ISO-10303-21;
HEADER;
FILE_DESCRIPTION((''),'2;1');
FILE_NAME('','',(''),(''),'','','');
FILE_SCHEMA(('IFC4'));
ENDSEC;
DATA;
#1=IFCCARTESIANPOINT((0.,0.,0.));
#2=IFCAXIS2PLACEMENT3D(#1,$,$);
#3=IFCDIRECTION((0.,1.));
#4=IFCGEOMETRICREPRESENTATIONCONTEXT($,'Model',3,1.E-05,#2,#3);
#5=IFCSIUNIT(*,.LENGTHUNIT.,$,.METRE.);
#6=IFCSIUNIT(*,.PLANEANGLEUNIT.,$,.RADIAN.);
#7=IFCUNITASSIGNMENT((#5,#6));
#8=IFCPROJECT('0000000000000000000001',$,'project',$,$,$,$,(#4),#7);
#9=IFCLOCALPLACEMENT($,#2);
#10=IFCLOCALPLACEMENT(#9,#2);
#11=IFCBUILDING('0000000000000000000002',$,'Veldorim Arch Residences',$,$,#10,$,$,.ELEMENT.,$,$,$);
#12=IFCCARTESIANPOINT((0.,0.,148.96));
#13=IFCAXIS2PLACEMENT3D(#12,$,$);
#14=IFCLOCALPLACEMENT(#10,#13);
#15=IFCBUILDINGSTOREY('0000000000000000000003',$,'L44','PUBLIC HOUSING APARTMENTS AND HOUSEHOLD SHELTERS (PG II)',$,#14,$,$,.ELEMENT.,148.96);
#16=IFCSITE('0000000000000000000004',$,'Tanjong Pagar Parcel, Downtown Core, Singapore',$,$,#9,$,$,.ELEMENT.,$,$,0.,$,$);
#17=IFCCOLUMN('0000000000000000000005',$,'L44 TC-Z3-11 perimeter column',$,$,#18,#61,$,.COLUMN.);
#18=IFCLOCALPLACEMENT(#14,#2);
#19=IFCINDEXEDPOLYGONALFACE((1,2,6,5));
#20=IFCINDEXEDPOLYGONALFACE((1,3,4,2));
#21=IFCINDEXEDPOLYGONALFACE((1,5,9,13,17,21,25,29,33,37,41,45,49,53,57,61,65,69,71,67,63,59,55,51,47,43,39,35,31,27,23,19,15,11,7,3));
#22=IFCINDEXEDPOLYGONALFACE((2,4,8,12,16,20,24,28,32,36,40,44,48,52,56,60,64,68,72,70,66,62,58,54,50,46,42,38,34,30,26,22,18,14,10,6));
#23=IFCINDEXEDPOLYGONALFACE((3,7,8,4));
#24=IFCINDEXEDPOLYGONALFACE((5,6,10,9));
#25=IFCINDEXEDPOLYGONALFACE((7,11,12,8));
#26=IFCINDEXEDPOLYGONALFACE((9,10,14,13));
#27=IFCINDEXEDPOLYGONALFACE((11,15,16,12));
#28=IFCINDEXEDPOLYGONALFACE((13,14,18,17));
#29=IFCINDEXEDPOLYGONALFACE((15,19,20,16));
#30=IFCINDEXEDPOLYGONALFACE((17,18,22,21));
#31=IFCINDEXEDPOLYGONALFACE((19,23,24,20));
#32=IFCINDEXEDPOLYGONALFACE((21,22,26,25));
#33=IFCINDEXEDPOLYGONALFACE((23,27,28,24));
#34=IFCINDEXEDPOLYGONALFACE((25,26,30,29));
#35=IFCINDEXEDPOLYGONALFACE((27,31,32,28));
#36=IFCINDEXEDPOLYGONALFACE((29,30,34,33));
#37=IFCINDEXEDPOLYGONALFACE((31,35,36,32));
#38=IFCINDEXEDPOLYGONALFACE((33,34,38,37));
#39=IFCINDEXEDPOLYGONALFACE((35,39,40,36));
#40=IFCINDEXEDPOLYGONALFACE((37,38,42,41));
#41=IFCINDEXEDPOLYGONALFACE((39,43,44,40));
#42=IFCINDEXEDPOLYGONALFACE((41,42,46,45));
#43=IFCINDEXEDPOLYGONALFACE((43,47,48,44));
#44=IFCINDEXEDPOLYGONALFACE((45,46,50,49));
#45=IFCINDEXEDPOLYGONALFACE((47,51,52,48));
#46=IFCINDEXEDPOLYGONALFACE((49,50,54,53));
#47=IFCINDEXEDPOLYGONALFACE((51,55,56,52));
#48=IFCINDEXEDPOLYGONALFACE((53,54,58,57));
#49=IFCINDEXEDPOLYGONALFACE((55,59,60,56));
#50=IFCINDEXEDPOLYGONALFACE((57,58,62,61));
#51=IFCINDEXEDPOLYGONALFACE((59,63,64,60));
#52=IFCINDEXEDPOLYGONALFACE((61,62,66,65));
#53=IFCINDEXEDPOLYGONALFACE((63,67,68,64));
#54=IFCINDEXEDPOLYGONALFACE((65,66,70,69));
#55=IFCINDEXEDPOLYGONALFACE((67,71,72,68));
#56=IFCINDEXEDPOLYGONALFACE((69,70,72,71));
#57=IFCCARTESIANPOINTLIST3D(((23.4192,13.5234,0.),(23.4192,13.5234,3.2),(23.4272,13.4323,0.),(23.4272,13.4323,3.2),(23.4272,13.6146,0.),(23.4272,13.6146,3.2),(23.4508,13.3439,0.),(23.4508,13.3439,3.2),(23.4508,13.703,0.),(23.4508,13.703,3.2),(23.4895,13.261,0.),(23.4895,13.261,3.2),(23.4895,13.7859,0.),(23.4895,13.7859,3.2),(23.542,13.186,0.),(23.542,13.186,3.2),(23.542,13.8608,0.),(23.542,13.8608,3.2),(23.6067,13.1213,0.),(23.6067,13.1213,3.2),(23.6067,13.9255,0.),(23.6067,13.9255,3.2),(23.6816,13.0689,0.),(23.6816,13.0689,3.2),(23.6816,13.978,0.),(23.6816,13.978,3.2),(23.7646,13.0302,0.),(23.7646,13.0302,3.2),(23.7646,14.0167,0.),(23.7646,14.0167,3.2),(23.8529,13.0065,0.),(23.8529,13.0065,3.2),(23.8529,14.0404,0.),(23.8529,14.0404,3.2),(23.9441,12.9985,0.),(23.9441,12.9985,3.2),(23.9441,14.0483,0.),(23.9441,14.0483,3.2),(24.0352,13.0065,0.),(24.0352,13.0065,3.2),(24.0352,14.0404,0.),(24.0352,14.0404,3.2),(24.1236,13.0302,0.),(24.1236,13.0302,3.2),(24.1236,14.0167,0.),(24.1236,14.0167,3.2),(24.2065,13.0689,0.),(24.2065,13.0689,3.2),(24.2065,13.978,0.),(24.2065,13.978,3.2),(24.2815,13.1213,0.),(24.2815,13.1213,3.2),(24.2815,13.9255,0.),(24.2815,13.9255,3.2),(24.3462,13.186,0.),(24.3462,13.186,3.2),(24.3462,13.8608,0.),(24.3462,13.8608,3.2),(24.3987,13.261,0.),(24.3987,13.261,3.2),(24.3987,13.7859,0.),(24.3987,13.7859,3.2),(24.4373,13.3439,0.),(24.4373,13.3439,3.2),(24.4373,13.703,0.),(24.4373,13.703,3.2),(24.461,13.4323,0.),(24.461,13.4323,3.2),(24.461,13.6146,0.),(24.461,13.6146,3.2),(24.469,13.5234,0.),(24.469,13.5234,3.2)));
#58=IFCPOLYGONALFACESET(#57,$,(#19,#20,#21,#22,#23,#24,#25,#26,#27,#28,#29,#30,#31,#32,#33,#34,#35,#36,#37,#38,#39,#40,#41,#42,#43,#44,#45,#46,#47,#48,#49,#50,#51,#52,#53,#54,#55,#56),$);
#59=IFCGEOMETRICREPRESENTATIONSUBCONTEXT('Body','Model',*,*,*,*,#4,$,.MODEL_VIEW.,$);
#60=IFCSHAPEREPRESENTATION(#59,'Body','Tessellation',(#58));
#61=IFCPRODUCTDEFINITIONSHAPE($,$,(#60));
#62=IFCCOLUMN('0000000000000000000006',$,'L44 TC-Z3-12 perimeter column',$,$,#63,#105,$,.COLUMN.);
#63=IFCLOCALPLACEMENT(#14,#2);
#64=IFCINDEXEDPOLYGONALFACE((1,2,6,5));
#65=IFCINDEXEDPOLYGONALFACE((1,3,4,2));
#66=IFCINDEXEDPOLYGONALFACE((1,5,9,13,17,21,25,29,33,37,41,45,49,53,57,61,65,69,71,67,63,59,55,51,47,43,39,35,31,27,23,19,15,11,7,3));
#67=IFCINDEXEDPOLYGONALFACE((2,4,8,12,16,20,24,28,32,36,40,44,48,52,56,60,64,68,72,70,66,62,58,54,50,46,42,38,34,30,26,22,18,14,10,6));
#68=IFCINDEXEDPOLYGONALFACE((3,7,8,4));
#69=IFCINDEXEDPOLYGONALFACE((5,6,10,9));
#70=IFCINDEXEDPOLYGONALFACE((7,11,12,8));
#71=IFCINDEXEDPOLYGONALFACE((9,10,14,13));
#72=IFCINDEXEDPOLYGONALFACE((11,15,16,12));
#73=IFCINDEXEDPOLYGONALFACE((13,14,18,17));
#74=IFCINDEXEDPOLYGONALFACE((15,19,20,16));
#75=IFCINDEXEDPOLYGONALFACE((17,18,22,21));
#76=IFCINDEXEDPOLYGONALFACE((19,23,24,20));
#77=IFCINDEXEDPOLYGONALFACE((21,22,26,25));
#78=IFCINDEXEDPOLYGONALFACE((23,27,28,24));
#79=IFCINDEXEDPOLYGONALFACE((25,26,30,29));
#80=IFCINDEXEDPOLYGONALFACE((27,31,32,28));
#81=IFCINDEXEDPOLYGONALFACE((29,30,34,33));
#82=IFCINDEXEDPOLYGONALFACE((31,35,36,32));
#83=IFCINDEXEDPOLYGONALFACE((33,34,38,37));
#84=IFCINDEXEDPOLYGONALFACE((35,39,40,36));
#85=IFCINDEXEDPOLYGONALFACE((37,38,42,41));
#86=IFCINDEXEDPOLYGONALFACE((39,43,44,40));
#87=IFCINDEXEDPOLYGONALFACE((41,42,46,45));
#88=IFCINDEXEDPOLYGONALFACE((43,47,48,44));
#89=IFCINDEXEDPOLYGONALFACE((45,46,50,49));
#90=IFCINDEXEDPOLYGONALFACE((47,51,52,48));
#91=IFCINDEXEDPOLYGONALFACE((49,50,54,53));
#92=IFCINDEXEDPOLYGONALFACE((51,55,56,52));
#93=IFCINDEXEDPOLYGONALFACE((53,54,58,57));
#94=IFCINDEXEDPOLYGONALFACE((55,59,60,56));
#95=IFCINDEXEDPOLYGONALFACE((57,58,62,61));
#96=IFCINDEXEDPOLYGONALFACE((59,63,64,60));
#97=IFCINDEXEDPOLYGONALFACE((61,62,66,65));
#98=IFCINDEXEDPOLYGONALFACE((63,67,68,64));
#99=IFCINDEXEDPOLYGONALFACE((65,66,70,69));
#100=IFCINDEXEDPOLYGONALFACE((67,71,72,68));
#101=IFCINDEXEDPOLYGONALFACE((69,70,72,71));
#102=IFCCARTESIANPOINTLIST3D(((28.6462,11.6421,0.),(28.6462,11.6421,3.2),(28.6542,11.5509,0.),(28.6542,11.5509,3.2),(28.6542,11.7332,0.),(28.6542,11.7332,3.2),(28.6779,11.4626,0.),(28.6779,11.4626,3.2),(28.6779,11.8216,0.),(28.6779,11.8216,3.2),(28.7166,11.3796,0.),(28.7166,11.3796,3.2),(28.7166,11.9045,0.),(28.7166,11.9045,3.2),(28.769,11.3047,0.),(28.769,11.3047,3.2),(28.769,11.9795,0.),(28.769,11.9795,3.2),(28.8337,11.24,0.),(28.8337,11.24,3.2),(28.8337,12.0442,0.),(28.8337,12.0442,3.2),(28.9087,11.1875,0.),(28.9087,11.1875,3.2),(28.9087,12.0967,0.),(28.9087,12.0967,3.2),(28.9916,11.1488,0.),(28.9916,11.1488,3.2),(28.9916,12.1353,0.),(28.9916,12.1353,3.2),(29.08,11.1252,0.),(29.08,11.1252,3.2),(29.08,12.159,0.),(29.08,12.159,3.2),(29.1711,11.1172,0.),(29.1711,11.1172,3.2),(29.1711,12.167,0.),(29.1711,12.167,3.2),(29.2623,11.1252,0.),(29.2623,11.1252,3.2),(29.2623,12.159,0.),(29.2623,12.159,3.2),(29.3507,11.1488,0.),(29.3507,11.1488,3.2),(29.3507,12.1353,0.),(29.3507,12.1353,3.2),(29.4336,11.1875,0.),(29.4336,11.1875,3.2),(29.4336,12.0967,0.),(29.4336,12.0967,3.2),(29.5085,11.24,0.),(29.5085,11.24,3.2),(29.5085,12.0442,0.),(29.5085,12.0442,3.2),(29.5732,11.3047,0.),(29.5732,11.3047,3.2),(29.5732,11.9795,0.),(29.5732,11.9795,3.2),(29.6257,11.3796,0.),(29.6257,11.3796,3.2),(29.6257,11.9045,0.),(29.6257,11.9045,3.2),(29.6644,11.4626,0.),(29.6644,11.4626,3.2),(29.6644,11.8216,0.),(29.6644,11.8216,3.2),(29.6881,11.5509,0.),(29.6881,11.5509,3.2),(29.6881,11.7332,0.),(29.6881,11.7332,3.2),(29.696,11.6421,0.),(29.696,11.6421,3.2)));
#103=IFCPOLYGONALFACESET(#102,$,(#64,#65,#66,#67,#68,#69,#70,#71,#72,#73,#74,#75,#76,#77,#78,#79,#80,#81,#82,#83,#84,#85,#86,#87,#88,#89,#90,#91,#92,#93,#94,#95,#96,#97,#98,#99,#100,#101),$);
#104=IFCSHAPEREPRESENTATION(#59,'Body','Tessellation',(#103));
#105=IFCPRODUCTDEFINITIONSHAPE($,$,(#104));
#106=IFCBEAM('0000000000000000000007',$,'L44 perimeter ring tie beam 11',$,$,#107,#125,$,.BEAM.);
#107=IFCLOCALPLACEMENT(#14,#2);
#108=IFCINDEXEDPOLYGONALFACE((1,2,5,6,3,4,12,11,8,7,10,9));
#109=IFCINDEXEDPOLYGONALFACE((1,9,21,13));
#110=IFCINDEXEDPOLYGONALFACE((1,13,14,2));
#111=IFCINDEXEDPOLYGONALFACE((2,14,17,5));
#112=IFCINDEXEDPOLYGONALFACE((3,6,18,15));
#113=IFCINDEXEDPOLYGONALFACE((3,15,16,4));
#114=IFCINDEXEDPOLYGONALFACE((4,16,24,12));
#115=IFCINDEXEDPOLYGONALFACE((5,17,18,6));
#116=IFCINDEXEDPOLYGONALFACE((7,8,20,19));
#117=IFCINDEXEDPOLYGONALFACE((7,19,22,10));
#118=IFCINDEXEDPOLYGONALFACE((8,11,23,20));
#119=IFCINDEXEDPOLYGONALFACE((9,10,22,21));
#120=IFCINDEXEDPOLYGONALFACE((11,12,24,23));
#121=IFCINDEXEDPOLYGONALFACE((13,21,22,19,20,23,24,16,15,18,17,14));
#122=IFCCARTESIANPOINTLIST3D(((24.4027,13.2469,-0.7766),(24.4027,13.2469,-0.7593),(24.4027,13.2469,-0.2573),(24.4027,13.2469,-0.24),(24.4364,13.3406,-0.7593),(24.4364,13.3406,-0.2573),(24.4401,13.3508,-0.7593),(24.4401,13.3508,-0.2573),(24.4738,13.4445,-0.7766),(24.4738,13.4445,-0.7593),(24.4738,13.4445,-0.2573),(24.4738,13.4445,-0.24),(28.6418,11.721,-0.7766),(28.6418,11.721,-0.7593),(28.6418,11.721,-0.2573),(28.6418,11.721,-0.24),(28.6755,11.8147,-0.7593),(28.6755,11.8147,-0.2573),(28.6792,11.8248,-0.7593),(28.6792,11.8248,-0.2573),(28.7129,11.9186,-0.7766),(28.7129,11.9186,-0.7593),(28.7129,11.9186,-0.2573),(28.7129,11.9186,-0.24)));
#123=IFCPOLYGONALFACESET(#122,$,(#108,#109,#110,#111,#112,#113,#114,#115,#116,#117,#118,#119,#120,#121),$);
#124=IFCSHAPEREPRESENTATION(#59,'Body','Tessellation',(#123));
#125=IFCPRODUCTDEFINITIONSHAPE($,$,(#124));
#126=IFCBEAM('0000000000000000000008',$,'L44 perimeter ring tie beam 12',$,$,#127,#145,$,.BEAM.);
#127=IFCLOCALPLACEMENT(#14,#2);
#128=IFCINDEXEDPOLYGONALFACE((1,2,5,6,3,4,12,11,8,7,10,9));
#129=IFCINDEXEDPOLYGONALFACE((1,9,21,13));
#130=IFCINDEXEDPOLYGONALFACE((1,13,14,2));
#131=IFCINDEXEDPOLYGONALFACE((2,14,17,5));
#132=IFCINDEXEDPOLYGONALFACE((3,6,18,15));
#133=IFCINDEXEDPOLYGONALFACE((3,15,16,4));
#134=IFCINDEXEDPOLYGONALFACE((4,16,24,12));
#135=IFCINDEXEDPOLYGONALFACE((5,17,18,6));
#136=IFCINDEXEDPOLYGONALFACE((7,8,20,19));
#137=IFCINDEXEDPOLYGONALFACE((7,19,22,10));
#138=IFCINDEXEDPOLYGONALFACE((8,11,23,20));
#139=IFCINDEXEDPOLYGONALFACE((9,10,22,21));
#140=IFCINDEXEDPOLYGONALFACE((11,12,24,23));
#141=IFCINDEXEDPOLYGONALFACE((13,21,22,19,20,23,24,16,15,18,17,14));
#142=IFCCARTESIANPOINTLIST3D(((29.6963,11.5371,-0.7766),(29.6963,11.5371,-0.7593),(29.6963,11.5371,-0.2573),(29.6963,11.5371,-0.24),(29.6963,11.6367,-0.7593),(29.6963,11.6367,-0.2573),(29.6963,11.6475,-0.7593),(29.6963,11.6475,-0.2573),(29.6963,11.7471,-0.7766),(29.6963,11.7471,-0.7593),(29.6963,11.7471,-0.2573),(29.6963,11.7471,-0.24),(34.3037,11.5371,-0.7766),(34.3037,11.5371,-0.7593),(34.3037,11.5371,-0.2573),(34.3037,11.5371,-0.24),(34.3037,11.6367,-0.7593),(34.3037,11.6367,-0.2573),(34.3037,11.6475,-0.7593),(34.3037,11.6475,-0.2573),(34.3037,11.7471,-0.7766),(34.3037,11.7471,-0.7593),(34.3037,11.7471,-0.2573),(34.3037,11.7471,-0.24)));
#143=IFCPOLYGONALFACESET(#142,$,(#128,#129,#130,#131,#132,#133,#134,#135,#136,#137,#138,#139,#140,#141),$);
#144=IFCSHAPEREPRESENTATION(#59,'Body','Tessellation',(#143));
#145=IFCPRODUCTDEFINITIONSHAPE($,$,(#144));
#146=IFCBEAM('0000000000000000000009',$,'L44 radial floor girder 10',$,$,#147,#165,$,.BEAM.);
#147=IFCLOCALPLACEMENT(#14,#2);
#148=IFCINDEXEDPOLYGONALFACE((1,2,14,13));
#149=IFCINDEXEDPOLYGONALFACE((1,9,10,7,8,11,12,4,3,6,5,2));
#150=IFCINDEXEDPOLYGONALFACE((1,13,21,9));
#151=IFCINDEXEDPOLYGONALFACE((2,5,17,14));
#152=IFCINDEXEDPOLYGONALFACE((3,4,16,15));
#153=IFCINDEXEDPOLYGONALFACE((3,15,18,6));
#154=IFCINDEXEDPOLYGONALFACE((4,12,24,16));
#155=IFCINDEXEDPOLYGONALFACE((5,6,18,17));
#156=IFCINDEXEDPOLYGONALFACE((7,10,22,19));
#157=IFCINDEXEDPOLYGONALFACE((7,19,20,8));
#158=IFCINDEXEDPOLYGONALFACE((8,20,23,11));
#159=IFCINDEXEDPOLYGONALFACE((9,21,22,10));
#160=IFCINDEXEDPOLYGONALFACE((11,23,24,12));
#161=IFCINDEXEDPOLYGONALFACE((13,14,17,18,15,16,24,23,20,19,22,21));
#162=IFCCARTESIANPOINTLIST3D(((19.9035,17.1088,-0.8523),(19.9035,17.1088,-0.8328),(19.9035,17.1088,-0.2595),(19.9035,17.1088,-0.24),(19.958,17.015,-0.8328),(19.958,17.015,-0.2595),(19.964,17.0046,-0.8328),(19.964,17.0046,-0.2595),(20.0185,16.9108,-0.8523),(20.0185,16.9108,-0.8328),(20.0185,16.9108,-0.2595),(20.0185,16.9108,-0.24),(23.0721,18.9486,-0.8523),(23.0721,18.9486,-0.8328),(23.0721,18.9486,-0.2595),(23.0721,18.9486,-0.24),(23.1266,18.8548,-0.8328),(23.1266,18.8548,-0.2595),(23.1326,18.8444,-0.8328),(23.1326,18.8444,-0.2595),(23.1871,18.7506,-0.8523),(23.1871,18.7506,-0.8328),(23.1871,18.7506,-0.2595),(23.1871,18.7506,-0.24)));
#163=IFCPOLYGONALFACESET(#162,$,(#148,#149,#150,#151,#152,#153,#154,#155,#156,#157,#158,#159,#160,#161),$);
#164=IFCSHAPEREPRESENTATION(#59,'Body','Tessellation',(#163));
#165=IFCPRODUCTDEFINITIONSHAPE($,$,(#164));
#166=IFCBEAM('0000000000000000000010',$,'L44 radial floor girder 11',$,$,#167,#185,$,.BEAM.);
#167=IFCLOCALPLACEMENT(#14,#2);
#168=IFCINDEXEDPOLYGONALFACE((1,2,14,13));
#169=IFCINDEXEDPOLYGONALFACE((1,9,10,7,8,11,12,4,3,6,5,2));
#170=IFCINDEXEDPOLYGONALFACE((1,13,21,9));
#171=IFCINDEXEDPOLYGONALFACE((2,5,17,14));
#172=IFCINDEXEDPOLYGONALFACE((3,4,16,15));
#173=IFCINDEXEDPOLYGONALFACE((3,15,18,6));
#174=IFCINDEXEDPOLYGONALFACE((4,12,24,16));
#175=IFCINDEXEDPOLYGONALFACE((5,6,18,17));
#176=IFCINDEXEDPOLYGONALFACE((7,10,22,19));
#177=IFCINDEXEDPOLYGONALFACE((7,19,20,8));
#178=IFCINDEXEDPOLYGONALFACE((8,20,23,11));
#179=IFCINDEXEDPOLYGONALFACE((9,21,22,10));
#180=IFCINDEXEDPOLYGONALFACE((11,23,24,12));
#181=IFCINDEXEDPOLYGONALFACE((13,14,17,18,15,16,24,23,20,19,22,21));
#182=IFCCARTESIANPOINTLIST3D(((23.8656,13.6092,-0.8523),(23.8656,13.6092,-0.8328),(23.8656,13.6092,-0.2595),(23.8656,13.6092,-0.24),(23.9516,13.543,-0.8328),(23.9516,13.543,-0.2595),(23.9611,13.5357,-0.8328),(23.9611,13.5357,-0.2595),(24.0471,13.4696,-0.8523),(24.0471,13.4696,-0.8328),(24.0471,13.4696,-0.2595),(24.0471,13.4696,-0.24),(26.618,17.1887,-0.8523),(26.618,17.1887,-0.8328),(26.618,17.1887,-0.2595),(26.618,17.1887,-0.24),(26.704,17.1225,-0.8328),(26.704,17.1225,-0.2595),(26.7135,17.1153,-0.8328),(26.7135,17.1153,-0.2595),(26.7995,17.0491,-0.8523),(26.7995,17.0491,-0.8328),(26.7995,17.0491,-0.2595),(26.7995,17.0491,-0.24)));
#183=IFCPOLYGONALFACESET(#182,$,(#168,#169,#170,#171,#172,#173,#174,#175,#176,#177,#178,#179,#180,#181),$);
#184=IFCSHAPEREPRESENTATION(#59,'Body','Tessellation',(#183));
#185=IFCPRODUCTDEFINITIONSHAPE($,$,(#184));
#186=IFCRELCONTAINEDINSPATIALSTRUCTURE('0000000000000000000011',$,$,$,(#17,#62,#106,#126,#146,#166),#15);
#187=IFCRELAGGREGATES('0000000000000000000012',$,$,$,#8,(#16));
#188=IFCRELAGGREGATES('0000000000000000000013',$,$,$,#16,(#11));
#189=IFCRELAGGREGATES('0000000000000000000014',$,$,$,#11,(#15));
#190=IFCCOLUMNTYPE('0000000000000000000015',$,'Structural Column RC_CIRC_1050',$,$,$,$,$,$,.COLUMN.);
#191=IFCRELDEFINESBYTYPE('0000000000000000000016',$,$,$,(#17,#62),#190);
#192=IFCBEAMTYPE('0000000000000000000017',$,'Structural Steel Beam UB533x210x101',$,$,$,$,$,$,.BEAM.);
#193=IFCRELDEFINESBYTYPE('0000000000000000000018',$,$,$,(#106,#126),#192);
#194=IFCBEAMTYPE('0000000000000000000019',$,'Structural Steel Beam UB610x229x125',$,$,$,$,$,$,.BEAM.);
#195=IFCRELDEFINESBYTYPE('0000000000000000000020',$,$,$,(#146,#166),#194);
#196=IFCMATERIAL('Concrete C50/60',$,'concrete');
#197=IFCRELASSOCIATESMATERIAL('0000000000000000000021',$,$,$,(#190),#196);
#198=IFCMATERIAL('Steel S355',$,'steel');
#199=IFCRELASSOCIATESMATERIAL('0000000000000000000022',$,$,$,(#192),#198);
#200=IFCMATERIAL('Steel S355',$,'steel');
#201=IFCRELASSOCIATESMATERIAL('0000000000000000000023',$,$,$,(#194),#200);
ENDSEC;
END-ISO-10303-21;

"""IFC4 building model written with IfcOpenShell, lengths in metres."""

from ifc_helpers import new_model, si_unit, direction, frame, origin, origin_2d, place, context, subcontext, project, spatial, circle, i_section, extrude, material, material_profile, profile_set, type_object, element, save


model = new_model("IFC4")

# Units and contexts
model_context = context("Model", 3, precision=1e-05, world=origin(), true_north=direction((0.0, 1.0)))
body_context = subcontext(model_context, "Body", "Model", "MODEL_VIEW")
ifc_project = project(units=[si_unit("LENGTHUNIT", "METRE"), si_unit("PLANEANGLEUNIT", "RADIAN")], contexts=[model_context])

# Site, building, storey
site_placement = place(None, origin())
site = spatial("IfcSite", under=ifc_project, at=site_placement, Name="Tanjong Pagar Parcel, Downtown Core, Singapore", CompositionType="ELEMENT", RefElevation=0.0)
building_placement = place(site_placement, origin())
building = spatial("IfcBuilding", under=site, at=building_placement, Name="Veldorim Arch Residences", CompositionType="ELEMENT")
storey_placement = place(building_placement, frame((0.0, 0.0, 148.96)))
storey = spatial("IfcBuildingStorey", under=building, at=storey_placement, Name="L44", Description="PUBLIC HOUSING APARTMENTS AND HOUSEHOLD SHELTERS (PG II)", CompositionType="ELEMENT", Elevation=148.96)

# Columns
ifc_material_1 = material(Name="Concrete C50/60", Category="concrete")
ifc_material_profile_1 = material_profile(ifc_material_1, circle(Radius=0.5249, at=origin_2d()), Name="RC_CIRC_1050")
ifc_profile_set_1 = profile_set([ifc_material_profile_1], Name="Concrete C50/60")
column_type = type_object("IfcColumnType", Name="Structural Column RC_CIRC_1050", PredefinedType="COLUMN", material=ifc_profile_set_1)
for number, where, z_axis, x_axis, name in (
    (1, (23.9441, 13.5234, 0.0), (0.0, 0.0, 1.0), (1.0, 0.0, 0.0), "L44 TC-Z3-11 perimeter column"),
    (2, (29.1711, 11.6421, 0.0), (0.0, 0.0, 1.0), (1.0, 0.0, 0.0), "L44 TC-Z3-12 perimeter column"),
):
    element("IfcColumn", number, at=place(storey_placement, frame(where, z_axis=z_axis, x_axis=x_axis)), inside=storey, type_object=column_type, Name=name, PredefinedType="COLUMN", context=body_context, shape_type="SweptSolid", body=[
        extrude(circle(Radius=0.5249, at=origin_2d()), origin(), (0.0, 0.0, 1.0), 3.2),
    ])

# Beams
ifc_material_2 = material(Name="Steel S355", Category="steel")
ifc_material_profile_2 = material_profile(ifc_material_2, i_section(OverallWidth=0.21, OverallDepth=0.5366, WebThickness=0.0107, FlangeThickness=0.0173, at=origin_2d()), Name="UB533x210x101")
ifc_profile_set_2 = profile_set([ifc_material_profile_2], Name="Steel S355")
beam_type_1 = type_object("IfcBeamType", Name="Structural Steel Beam UB533x210x101", PredefinedType="BEAM", material=ifc_profile_set_2)
beam_1_placement = place(storey_placement, frame((24.4382, 13.3457, -0.5083), z_axis=(0.940899, -0.338687, 0.0), x_axis=(0.338687, 0.940899, 0.0)))
element("IfcBeam", 3, at=beam_1_placement, inside=storey, type_object=beam_type_1, Name="L44 perimeter ring tie beam 11", PredefinedType="BEAM", context=body_context, shape_type="SweptSolid", body=[
    extrude(i_section(OverallWidth=0.21, OverallDepth=0.5366, WebThickness=0.0107, FlangeThickness=0.0173, at=origin_2d()), origin(), (0.0, 0.0, 1.0), 4.5054),
])
beam_2_placement = place(storey_placement, frame((29.6963, 11.6421, -0.5083), z_axis=(1.0, 0.0, 0.0), x_axis=(0.0, 1.0, 0.0)))
element("IfcBeam", 4, at=beam_2_placement, inside=storey, type_object=beam_type_1, Name="L44 perimeter ring tie beam 12", PredefinedType="BEAM", context=body_context, shape_type="SweptSolid", body=[
    extrude(i_section(OverallWidth=0.21, OverallDepth=0.5366, WebThickness=0.0107, FlangeThickness=0.0173, at=origin_2d()), origin(), (0.0, 0.0, 1.0), 4.6074),
])
ifc_material_3 = material(Name="Steel S355", Category="steel")
ifc_material_profile_3 = material_profile(ifc_material_3, i_section(OverallWidth=0.229, OverallDepth=0.6123, WebThickness=0.012, FlangeThickness=0.0195, at=origin_2d()), Name="UB610x229x125")
ifc_profile_set_3 = profile_set([ifc_material_profile_3], Name="Steel S355")
beam_type_2 = type_object("IfcBeamType", Name="Structural Steel Beam UB610x229x125", PredefinedType="BEAM", material=ifc_profile_set_3)
beam_3_placement = place(storey_placement, frame((23.1296, 18.8496, -0.5461), z_axis=(-0.864795, -0.502126, 0.0), x_axis=(0.502126, -0.864795, 0.0)))
element("IfcBeam", 5, at=beam_3_placement, inside=storey, type_object=beam_type_2, Name="L44 radial floor girder 10", PredefinedType="BEAM", context=body_context, shape_type="SweptSolid", body=[
    extrude(i_section(OverallWidth=0.229, OverallDepth=0.6123, WebThickness=0.012, FlangeThickness=0.0195, at=origin_2d()), origin(), (0.0, 0.0, 1.0), 3.6641),
])
beam_4_placement = place(storey_placement, frame((26.7087, 17.1189, -0.5461), z_axis=(-0.609559, -0.792741, 0.0), x_axis=(0.792741, -0.609559, 0.0)))
element("IfcBeam", 6, at=beam_4_placement, inside=storey, type_object=beam_type_2, Name="L44 radial floor girder 11", PredefinedType="BEAM", context=body_context, shape_type="SweptSolid", body=[
    extrude(i_section(OverallWidth=0.229, OverallDepth=0.6123, WebThickness=0.012, FlangeThickness=0.0195, at=origin_2d()), origin(), (0.0, 0.0, 1.0), 4.5154),
])

save(model, "model.ifc")
